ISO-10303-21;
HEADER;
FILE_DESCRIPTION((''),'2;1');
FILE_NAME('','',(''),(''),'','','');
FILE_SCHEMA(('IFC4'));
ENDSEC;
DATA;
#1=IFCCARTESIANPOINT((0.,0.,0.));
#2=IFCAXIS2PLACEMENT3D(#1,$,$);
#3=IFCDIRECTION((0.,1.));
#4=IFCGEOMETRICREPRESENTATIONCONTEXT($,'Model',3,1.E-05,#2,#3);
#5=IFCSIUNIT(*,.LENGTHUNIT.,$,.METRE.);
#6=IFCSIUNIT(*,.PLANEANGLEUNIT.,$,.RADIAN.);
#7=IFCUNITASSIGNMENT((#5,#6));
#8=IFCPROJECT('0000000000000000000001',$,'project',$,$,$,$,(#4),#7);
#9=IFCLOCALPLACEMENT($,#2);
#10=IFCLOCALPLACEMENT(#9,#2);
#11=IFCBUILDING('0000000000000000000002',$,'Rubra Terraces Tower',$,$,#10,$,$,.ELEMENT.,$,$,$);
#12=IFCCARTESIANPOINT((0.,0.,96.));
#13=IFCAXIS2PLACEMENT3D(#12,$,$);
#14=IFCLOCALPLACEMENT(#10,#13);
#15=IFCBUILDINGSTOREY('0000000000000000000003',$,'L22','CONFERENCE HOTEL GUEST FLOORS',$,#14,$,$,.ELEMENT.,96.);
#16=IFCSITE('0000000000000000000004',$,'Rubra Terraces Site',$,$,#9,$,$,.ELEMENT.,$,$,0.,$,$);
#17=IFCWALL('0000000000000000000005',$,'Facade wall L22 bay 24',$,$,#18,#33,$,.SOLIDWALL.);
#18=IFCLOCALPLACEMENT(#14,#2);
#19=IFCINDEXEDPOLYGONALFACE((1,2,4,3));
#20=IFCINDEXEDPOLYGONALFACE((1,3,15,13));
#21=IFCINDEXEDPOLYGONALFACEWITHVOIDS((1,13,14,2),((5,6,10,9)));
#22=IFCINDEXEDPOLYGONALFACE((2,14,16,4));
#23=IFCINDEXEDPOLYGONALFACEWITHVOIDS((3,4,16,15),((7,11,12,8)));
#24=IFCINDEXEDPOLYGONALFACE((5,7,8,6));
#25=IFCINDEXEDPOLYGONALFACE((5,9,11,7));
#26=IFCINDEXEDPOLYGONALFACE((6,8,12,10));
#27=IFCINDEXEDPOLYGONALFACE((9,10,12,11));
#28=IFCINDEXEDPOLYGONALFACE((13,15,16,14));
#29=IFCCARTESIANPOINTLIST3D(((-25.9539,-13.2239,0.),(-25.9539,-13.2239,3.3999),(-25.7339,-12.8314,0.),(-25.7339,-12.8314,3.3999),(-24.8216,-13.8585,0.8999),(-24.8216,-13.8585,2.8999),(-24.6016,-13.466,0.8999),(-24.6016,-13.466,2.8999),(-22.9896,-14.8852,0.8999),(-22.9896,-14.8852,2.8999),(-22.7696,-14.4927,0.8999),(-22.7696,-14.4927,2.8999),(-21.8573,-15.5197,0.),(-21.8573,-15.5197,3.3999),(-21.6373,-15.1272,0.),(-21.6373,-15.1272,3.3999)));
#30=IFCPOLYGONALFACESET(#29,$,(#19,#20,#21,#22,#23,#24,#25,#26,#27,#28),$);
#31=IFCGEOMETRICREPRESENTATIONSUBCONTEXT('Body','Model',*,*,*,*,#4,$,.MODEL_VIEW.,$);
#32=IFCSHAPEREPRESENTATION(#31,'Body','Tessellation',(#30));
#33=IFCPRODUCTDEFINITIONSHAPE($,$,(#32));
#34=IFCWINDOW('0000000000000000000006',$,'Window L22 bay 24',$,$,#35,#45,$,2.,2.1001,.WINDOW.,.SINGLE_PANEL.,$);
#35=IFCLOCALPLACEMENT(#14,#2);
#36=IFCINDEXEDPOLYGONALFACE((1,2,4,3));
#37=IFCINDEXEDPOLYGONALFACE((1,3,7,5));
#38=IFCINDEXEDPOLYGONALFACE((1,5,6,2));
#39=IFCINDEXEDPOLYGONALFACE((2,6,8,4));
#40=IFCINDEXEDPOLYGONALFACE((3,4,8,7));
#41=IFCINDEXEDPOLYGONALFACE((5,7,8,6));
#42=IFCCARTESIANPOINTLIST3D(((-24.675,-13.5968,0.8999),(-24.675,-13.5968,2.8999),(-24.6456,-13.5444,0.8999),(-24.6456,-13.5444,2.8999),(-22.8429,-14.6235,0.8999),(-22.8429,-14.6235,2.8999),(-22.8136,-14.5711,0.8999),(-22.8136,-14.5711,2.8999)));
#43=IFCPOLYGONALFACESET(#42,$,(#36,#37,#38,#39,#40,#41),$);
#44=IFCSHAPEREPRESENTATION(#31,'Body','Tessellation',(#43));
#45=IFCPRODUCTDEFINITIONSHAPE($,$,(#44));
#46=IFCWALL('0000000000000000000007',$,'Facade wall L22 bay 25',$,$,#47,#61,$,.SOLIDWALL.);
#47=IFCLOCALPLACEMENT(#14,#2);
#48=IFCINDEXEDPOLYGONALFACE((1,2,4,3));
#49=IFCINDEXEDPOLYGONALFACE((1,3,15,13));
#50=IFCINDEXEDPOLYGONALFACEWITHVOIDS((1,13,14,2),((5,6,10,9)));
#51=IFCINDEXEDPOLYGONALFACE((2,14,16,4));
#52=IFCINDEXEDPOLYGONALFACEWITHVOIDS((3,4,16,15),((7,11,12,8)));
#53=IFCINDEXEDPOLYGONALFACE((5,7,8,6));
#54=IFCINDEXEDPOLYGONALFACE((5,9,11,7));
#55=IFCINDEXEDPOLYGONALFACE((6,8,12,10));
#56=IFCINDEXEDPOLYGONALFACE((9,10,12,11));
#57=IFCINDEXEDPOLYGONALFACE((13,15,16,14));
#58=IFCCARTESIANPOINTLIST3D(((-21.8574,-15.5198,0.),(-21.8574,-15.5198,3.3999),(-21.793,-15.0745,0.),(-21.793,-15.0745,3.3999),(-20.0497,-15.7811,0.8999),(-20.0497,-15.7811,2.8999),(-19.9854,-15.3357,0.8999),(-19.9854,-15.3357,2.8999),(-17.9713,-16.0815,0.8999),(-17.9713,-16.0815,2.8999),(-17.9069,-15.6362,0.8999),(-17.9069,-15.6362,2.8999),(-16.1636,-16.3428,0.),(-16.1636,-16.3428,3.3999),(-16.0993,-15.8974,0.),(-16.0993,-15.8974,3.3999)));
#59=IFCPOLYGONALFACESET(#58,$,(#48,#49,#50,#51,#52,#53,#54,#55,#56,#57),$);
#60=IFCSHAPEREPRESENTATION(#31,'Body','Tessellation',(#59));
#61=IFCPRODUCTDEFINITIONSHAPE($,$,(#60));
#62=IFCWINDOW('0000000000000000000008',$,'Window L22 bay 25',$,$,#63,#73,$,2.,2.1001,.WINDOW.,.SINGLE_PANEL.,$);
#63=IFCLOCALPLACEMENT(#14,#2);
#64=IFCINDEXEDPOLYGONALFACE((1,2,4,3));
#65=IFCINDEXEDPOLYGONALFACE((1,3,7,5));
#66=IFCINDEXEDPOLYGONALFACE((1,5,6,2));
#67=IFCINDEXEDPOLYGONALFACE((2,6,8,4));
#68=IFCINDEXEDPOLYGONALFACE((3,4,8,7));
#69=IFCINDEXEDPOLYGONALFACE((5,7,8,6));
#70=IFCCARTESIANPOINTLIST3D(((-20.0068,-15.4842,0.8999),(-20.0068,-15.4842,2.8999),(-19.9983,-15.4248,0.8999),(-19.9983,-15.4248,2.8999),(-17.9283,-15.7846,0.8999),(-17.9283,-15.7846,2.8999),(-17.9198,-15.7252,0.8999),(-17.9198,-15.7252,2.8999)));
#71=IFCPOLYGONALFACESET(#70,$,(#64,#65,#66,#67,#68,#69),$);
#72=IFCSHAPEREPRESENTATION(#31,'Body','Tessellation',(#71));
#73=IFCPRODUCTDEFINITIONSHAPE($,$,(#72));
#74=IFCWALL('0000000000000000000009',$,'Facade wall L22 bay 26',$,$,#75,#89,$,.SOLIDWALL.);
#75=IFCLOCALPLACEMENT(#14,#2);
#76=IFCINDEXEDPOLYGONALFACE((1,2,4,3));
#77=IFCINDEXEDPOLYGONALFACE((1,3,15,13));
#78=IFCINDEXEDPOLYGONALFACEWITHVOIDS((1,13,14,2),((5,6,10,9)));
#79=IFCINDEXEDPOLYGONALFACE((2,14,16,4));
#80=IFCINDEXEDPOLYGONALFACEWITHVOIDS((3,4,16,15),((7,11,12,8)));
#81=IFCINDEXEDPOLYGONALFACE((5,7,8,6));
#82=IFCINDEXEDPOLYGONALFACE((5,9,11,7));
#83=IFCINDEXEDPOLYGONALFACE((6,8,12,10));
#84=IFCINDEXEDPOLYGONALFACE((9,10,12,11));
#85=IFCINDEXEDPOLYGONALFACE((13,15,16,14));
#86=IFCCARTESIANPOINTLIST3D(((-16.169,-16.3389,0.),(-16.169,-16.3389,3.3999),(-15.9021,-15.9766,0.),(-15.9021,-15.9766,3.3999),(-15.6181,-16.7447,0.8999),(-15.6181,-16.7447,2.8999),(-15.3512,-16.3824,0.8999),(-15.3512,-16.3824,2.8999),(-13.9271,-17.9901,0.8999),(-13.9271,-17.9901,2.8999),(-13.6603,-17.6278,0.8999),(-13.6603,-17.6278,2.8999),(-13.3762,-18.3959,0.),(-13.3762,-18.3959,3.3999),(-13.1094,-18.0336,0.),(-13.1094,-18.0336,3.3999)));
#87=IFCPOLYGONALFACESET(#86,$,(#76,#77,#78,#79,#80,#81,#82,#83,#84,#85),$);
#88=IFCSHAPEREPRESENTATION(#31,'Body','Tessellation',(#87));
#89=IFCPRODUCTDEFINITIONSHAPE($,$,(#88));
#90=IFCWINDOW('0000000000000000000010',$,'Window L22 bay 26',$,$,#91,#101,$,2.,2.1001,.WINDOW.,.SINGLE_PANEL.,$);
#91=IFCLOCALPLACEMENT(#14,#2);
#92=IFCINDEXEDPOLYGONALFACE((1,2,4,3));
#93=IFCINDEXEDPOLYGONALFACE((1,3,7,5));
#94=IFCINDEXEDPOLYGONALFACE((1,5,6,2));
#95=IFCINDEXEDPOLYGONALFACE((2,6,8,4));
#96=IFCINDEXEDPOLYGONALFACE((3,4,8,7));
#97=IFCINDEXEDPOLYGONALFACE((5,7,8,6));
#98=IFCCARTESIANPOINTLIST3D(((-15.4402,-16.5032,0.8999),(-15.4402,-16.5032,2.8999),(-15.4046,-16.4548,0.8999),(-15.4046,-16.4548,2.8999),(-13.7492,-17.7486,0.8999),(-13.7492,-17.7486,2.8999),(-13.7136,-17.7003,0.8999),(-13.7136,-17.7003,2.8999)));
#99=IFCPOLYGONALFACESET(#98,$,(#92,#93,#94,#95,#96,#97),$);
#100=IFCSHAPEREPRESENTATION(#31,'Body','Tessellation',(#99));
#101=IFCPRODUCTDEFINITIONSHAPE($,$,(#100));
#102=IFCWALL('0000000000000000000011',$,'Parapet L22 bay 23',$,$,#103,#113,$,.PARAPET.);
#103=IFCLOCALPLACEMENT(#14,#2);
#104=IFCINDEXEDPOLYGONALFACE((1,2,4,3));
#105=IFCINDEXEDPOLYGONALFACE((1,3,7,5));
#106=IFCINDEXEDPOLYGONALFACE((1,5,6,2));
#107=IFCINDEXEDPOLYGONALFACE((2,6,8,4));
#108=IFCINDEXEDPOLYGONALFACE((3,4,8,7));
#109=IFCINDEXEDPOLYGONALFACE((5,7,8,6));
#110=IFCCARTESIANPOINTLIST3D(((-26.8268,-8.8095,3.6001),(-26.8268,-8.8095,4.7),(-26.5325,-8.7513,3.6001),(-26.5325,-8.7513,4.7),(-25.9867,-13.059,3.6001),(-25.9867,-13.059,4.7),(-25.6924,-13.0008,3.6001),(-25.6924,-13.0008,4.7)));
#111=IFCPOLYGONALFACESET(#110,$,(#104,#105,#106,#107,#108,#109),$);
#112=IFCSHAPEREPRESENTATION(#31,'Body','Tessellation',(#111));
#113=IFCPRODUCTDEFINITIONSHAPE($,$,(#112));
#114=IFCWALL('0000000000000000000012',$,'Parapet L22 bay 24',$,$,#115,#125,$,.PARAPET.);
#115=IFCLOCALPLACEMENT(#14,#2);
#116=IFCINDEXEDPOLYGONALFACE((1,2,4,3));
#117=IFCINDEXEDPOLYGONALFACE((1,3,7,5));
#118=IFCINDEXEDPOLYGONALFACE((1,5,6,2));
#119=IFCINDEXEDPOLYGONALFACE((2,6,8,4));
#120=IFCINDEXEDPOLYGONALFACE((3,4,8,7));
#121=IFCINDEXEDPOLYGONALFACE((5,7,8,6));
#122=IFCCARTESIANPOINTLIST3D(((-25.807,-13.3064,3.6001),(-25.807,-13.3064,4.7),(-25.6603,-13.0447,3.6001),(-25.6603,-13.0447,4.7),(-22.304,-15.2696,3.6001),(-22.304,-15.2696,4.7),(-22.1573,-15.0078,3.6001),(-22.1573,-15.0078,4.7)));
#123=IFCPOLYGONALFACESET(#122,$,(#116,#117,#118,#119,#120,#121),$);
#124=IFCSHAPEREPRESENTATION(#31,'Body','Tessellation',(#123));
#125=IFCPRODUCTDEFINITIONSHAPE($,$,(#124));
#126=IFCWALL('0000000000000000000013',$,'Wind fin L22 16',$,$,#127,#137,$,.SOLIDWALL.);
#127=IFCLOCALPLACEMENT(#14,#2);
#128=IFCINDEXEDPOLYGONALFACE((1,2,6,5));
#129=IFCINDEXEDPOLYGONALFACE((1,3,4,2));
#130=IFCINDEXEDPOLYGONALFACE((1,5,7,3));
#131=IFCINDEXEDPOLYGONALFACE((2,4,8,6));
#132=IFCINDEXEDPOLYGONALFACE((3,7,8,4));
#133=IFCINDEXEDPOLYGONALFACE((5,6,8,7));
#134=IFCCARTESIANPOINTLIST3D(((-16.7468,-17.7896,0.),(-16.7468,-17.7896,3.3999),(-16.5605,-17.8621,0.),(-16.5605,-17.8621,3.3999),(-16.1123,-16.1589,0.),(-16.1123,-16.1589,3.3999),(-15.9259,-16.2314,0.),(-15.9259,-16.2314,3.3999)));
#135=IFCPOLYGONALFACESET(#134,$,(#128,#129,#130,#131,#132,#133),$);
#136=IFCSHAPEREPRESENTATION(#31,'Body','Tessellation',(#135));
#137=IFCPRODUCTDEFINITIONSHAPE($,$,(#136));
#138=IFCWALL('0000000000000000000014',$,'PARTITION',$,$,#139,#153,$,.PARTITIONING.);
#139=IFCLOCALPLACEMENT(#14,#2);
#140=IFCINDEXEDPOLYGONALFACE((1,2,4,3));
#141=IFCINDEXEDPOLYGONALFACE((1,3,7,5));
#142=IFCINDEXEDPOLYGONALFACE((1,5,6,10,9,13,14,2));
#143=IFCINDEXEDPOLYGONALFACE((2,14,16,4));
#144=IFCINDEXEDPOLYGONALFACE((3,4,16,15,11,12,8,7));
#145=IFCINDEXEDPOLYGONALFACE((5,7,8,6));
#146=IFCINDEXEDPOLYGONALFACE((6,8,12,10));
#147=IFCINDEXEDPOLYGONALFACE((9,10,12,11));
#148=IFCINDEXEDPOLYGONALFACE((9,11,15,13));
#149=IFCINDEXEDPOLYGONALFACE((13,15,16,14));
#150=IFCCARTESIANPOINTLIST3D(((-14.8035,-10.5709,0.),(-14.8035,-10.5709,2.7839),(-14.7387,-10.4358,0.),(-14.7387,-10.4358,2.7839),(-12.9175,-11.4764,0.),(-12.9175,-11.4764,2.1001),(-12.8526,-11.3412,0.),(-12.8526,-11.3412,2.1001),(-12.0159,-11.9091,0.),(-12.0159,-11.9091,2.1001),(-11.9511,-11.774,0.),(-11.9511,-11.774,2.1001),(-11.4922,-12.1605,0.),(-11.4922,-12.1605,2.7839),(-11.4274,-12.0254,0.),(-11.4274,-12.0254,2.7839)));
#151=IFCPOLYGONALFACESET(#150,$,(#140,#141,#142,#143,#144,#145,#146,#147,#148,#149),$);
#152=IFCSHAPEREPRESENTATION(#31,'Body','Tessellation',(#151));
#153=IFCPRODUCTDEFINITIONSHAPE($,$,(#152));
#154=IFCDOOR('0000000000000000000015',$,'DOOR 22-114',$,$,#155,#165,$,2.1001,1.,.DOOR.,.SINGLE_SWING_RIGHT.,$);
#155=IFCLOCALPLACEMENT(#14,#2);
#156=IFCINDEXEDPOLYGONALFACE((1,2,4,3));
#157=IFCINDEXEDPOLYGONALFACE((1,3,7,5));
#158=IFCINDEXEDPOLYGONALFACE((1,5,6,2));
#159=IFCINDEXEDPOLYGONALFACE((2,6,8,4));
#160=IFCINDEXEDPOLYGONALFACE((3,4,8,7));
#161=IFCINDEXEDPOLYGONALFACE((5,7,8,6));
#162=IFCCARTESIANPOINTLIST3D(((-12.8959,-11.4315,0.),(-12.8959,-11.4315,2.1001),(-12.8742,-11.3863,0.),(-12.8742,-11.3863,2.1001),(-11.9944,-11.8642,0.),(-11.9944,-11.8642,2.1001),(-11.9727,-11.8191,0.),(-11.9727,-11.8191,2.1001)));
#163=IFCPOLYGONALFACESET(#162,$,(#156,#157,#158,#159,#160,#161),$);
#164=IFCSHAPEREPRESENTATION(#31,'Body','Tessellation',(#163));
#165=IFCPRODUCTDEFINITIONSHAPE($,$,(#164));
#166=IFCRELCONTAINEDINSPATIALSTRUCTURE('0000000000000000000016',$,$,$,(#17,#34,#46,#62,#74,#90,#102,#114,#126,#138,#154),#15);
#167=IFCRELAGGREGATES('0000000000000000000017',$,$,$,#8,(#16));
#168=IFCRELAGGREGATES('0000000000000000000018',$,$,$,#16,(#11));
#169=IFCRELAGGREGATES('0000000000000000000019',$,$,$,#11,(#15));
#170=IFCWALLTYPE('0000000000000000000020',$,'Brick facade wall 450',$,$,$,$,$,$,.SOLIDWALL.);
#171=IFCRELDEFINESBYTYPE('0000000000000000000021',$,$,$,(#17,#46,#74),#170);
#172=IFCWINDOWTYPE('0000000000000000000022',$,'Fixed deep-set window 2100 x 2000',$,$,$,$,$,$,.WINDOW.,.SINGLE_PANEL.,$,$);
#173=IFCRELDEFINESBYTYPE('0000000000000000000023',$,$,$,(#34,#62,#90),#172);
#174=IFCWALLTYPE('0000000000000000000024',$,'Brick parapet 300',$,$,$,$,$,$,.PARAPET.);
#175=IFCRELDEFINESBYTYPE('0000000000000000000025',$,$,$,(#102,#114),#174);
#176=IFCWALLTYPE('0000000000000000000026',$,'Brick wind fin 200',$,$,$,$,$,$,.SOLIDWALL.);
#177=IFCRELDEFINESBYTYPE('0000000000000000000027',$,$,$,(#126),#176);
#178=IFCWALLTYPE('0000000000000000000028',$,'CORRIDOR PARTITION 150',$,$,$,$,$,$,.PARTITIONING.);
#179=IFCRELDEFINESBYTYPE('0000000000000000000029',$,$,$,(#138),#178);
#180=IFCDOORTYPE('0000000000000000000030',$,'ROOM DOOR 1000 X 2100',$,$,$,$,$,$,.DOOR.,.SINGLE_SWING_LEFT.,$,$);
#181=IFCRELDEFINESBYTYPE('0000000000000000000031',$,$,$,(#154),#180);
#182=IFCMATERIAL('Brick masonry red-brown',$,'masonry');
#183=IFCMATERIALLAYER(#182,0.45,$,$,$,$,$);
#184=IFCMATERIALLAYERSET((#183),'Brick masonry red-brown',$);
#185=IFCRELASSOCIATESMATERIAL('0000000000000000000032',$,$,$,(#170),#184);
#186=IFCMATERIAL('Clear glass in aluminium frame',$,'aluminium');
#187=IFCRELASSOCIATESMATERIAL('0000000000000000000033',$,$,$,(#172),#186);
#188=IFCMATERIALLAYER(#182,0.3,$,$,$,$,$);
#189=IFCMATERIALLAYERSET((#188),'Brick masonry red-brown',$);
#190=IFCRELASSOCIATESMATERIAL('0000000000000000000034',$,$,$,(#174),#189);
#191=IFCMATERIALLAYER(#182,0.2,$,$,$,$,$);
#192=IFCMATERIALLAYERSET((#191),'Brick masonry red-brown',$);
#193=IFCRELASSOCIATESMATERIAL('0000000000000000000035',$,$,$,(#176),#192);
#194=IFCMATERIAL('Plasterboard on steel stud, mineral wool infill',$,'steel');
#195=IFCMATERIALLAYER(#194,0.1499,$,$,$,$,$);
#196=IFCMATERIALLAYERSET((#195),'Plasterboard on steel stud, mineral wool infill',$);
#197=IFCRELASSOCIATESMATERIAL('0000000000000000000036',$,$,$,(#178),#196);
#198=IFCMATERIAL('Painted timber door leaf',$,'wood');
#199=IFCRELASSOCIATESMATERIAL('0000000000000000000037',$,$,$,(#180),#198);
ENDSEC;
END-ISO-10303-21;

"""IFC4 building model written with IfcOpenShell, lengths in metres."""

from ifc_helpers import new_model, si_unit, direction, frame, frame_2d, origin, place, context, subcontext, project, spatial, rectangle, extrude, material, layer, layer_set, type_object, element, fill, save


model = new_model("IFC4")

# Units and contexts
model_context = context("Model", 3, precision=1e-05, world=origin(), true_north=direction((0.0, 1.0)))
body_context = subcontext(model_context, "Body", "Model", "MODEL_VIEW")
ifc_project = project(units=[si_unit("LENGTHUNIT", "METRE"), si_unit("PLANEANGLEUNIT", "RADIAN")], contexts=[model_context])

# Site, building, storey
site_placement = place(None, origin())
site = spatial("IfcSite", under=ifc_project, at=site_placement, Name="Rubra Terraces Site", CompositionType="ELEMENT", RefElevation=0.0)
building_placement = place(site_placement, origin())
building = spatial("IfcBuilding", under=site, at=building_placement, Name="Rubra Terraces Tower", CompositionType="ELEMENT")
storey_placement = place(building_placement, frame((0.0, 0.0, 96.0)))
storey = spatial("IfcBuildingStorey", under=building, at=storey_placement, Name="L22", Description="CONFERENCE HOTEL GUEST FLOORS", CompositionType="ELEMENT", Elevation=96.0)

# Walls, openings, windows
ifc_material_1 = material(Name="Brick masonry red-brown", Category="masonry")
ifc_layer_1 = layer(ifc_material_1, 0.45)
ifc_layer_set_1 = layer_set([ifc_layer_1], Name="Brick masonry red-brown")
wall_type_1 = type_object("IfcWallType", Name="Brick facade wall 450", PredefinedType="SOLIDWALL", material=ifc_layer_set_1)
wall_1_placement = place(storey_placement, frame((-25.844, -13.0276, 0.0), z_axis=(0.0, 0.0, 1.0), x_axis=(0.872346, -0.488888, 0.0)))
wall_1 = element("IfcWall", 1, at=wall_1_placement, inside=storey, type_object=wall_type_1, Name="Facade wall L22 bay 24", PredefinedType="SOLIDWALL", context=body_context, shape_type="SweptSolid", body=[
    extrude(rectangle(XDim=4.696, YDim=0.45, at=frame_2d((2.3481, 0.0))), origin(), (0.0, 0.0, 1.0), 3.3999),
])
opening_1_placement = place(wall_1_placement, frame((1.2981, 0.0, 0.8999)))
opening_1 = element("IfcOpeningElement", 2, at=opening_1_placement, cuts=wall_1, PredefinedType="OPENING", context=body_context, shape_type="SweptSolid", body=[
    extrude(rectangle(XDim=2.1001, YDim=2.0, at=frame_2d((1.05, 1.0))), frame((0.0, 0.2349, 0.0), z_axis=(0.0, -1.0, 0.0), x_axis=(1.0, 0.0, 0.0)), (0.0, 0.0, 1.0), 0.47),
])
ifc_material_2 = material(Name="Clear glass in aluminium frame", Category="aluminium")
window_type = type_object("IfcWindowType", Name="Fixed deep-set window 2100 x 2000", PartitioningType="SINGLE_PANEL", PredefinedType="WINDOW", material=ifc_material_2)
window_1_placement = place(opening_1_placement, origin())
window_1 = element("IfcWindow", 3, at=window_1_placement, inside=storey, type_object=window_type, Name="Window L22 bay 24", OverallHeight=2.0, OverallWidth=2.1001, PartitioningType="SINGLE_PANEL", PredefinedType="WINDOW", context=body_context, shape_type="SweptSolid", body=[
    extrude(rectangle(XDim=2.1001, YDim=2.0, at=frame_2d((1.05, 1.0))), frame((0.0, 0.135, 0.0), z_axis=(0.0, -1.0, 0.0), x_axis=(1.0, 0.0, 0.0)), (0.0, 0.0, 1.0), 0.0601),
])
fill(opening_1, window_1)
wall_2_placement = place(storey_placement, frame((-21.8252, -15.2971, 0.0), z_axis=(0.0, 0.0, 1.0), x_axis=(0.989715, -0.143055, 0.0)))
wall_2 = element("IfcWall", 4, at=wall_2_placement, inside=storey, type_object=wall_type_1, Name="Facade wall L22 bay 25", PredefinedType="SOLIDWALL", context=body_context, shape_type="SweptSolid", body=[
    extrude(rectangle(XDim=5.7529, YDim=0.45, at=frame_2d((2.8765, 0.0))), origin(), (0.0, 0.0, 1.0), 3.3999),
])
opening_2_placement = place(wall_2_placement, frame((1.8264, 0.0, 0.8999)))
opening_2 = element("IfcOpeningElement", 5, at=opening_2_placement, cuts=wall_2, PredefinedType="OPENING", context=body_context, shape_type="SweptSolid", body=[
    extrude(rectangle(XDim=2.1001, YDim=2.0, at=frame_2d((1.05, 1.0))), frame((0.0, 0.2349, 0.0), z_axis=(0.0, -1.0, 0.0), x_axis=(1.0, 0.0, 0.0)), (0.0, 0.0, 1.0), 0.47),
])
window_2_placement = place(opening_2_placement, origin())
window_2 = element("IfcWindow", 6, at=window_2_placement, inside=storey, type_object=window_type, Name="Window L22 bay 25", OverallHeight=2.0, OverallWidth=2.1001, PartitioningType="SINGLE_PANEL", PredefinedType="WINDOW", context=body_context, shape_type="SweptSolid", body=[
    extrude(rectangle(XDim=2.1001, YDim=2.0, at=frame_2d((1.05, 1.0))), frame((0.0, 0.135, 0.0), z_axis=(0.0, -1.0, 0.0), x_axis=(1.0, 0.0, 0.0)), (0.0, 0.0, 1.0), 0.0601),
])
fill(opening_2, window_2)
wall_3_placement = place(storey_placement, frame((-16.0356, -16.1577, 0.0), z_axis=(0.0, 0.0, 1.0), x_axis=(0.805181, -0.593029, 0.0)))
wall_3 = element("IfcWall", 7, at=wall_3_placement, inside=storey, type_object=wall_type_1, Name="Facade wall L22 bay 26", PredefinedType="SOLIDWALL", context=body_context, shape_type="SweptSolid", body=[
    extrude(rectangle(XDim=3.4685, YDim=0.45, at=frame_2d((1.7344, 0.0))), origin(), (0.0, 0.0, 1.0), 3.3999),
])
opening_3_placement = place(wall_3_placement, frame((0.6843, 0.0, 0.8999)))
opening_3 = element("IfcOpeningElement", 8, at=opening_3_placement, cuts=wall_3, PredefinedType="OPENING", context=body_context, shape_type="SweptSolid", body=[
    extrude(rectangle(XDim=2.1001, YDim=2.0, at=frame_2d((1.05, 1.0))), frame((0.0, 0.2349, 0.0), z_axis=(0.0, -1.0, 0.0), x_axis=(1.0, 0.0, 0.0)), (0.0, 0.0, 1.0), 0.47),
])
window_3_placement = place(opening_3_placement, origin())
window_3 = element("IfcWindow", 9, at=window_3_placement, inside=storey, type_object=window_type, Name="Window L22 bay 26", OverallHeight=2.0, OverallWidth=2.1001, PartitioningType="SINGLE_PANEL", PredefinedType="WINDOW", context=body_context, shape_type="SweptSolid", body=[
    extrude(rectangle(XDim=2.1001, YDim=2.0, at=frame_2d((1.05, 1.0))), frame((0.0, 0.135, 0.0), z_axis=(0.0, -1.0, 0.0), x_axis=(1.0, 0.0, 0.0)), (0.0, 0.0, 1.0), 0.0601),
])
fill(opening_3, window_3)

# Walls
ifc_layer_2 = layer(ifc_material_1, 0.3)
ifc_layer_set_2 = layer_set([ifc_layer_2], Name="Brick masonry red-brown")
wall_type_2 = type_object("IfcWallType", Name="Brick parapet 300", PredefinedType="PARAPET", material=ifc_layer_set_2)
wall_4_placement = place(storey_placement, frame((-26.6797, -8.7803, 3.6001), z_axis=(0.0, 0.0, 1.0), x_axis=(0.193937, -0.981014, 0.0)))
element("IfcWall", 10, at=wall_4_placement, inside=storey, type_object=wall_type_2, Name="Parapet L22 bay 23", PredefinedType="PARAPET", context=body_context, shape_type="SweptSolid", body=[
    extrude(rectangle(XDim=4.3318, YDim=0.3, at=frame_2d((2.166, 0.0))), origin(), (0.0, 0.0, 1.0), 1.0999),
])
wall_5_placement = place(storey_placement, frame((-25.7336, -13.1755, 3.6001), z_axis=(0.0, 0.0, 1.0), x_axis=(0.872347, -0.488887, 0.0)))
element("IfcWall", 11, at=wall_5_placement, inside=storey, type_object=wall_type_2, Name="Parapet L22 bay 24", PredefinedType="PARAPET", context=body_context, shape_type="SweptSolid", body=[
    extrude(rectangle(XDim=4.0156, YDim=0.3, at=frame_2d((2.0078, 0.0))), origin(), (0.0, 0.0, 1.0), 1.0999),
])
ifc_layer_3 = layer(ifc_material_1, 0.2)
ifc_layer_set_3 = layer_set([ifc_layer_3], Name="Brick masonry red-brown")
wall_type_3 = type_object("IfcWallType", Name="Brick wind fin 200", PredefinedType="SOLIDWALL", material=ifc_layer_set_3)
wall_6_placement = place(storey_placement, frame((-16.019, -16.1951, 0.0), z_axis=(0.0, 0.0, 1.0), x_axis=(-0.362642, -0.931929, 0.0)))
element("IfcWall", 12, at=wall_6_placement, inside=storey, type_object=wall_type_3, Name="Wind fin L22 16", PredefinedType="SOLIDWALL", context=body_context, shape_type="SweptSolid", body=[
    extrude(rectangle(XDim=1.7498, YDim=0.2, at=frame_2d((0.875, 0.0))), origin(), (0.0, 0.0, 1.0), 3.3999),
])

# Wall, opening, door
ifc_material_3 = material(Name="Plasterboard on steel stud, mineral wool infill", Category="steel")
ifc_layer_4 = layer(ifc_material_3, 0.1499)
ifc_layer_set_4 = layer_set([ifc_layer_4], Name="Plasterboard on steel stud, mineral wool infill")
wall_type_4 = type_object("IfcWallType", Name="CORRIDOR PARTITION 150", PredefinedType="PARTITIONING", material=ifc_layer_set_4)
wall_7_placement = place(storey_placement, frame((-14.771, -10.5034, 0.0), z_axis=(0.0, 0.0, 1.0), x_axis=(0.901503, -0.432772, 0.0)))
wall_7 = element("IfcWall", 13, at=wall_7_placement, inside=storey, type_object=wall_type_4, Name="PARTITION", PredefinedType="PARTITIONING", context=body_context, shape_type="SweptSolid", body=[
    extrude(rectangle(XDim=3.6731, YDim=0.1499, at=frame_2d((1.8364, 0.0))), origin(), (0.0, 0.0, 1.0), 2.7839),
])
opening_4_placement = place(wall_7_placement, frame((2.092, 0.0, 0.0)))
opening_4 = element("IfcOpeningElement", 14, at=opening_4_placement, cuts=wall_7, PredefinedType="OPENING", context=body_context, shape_type="SweptSolid", body=[
    extrude(rectangle(XDim=1.0, YDim=2.1001, at=frame_2d((0.5, 1.05))), frame((0.0, 0.085, 0.0), z_axis=(0.0, -1.0, 0.0), x_axis=(1.0, 0.0, 0.0)), (0.0, 0.0, 1.0), 0.1699),
])
ifc_material_4 = material(Name="Painted timber door leaf", Category="wood")
door_type_1 = type_object("IfcDoorType", Name="ROOM DOOR 1000 X 2100", OperationType="SINGLE_SWING_LEFT", PredefinedType="DOOR", material=ifc_material_4)
door_1_placement = place(opening_4_placement, origin())
door_1 = element("IfcDoor", 15, at=door_1_placement, inside=storey, type_object=door_type_1, Name="DOOR 22-114", OperationType="SINGLE_SWING_RIGHT", OverallHeight=2.1001, OverallWidth=1.0, PredefinedType="DOOR", context=body_context, shape_type="SweptSolid", body=[
    extrude(rectangle(XDim=1.0, YDim=2.1001, at=frame_2d((0.5, 1.05))), frame((0.0, 0.0249, 0.0), z_axis=(0.0, -1.0, 0.0), x_axis=(1.0, 0.0, 0.0)), (0.0, 0.0, 1.0), 0.05),
])
fill(opening_4, door_1)

save(model, "model.ifc")
